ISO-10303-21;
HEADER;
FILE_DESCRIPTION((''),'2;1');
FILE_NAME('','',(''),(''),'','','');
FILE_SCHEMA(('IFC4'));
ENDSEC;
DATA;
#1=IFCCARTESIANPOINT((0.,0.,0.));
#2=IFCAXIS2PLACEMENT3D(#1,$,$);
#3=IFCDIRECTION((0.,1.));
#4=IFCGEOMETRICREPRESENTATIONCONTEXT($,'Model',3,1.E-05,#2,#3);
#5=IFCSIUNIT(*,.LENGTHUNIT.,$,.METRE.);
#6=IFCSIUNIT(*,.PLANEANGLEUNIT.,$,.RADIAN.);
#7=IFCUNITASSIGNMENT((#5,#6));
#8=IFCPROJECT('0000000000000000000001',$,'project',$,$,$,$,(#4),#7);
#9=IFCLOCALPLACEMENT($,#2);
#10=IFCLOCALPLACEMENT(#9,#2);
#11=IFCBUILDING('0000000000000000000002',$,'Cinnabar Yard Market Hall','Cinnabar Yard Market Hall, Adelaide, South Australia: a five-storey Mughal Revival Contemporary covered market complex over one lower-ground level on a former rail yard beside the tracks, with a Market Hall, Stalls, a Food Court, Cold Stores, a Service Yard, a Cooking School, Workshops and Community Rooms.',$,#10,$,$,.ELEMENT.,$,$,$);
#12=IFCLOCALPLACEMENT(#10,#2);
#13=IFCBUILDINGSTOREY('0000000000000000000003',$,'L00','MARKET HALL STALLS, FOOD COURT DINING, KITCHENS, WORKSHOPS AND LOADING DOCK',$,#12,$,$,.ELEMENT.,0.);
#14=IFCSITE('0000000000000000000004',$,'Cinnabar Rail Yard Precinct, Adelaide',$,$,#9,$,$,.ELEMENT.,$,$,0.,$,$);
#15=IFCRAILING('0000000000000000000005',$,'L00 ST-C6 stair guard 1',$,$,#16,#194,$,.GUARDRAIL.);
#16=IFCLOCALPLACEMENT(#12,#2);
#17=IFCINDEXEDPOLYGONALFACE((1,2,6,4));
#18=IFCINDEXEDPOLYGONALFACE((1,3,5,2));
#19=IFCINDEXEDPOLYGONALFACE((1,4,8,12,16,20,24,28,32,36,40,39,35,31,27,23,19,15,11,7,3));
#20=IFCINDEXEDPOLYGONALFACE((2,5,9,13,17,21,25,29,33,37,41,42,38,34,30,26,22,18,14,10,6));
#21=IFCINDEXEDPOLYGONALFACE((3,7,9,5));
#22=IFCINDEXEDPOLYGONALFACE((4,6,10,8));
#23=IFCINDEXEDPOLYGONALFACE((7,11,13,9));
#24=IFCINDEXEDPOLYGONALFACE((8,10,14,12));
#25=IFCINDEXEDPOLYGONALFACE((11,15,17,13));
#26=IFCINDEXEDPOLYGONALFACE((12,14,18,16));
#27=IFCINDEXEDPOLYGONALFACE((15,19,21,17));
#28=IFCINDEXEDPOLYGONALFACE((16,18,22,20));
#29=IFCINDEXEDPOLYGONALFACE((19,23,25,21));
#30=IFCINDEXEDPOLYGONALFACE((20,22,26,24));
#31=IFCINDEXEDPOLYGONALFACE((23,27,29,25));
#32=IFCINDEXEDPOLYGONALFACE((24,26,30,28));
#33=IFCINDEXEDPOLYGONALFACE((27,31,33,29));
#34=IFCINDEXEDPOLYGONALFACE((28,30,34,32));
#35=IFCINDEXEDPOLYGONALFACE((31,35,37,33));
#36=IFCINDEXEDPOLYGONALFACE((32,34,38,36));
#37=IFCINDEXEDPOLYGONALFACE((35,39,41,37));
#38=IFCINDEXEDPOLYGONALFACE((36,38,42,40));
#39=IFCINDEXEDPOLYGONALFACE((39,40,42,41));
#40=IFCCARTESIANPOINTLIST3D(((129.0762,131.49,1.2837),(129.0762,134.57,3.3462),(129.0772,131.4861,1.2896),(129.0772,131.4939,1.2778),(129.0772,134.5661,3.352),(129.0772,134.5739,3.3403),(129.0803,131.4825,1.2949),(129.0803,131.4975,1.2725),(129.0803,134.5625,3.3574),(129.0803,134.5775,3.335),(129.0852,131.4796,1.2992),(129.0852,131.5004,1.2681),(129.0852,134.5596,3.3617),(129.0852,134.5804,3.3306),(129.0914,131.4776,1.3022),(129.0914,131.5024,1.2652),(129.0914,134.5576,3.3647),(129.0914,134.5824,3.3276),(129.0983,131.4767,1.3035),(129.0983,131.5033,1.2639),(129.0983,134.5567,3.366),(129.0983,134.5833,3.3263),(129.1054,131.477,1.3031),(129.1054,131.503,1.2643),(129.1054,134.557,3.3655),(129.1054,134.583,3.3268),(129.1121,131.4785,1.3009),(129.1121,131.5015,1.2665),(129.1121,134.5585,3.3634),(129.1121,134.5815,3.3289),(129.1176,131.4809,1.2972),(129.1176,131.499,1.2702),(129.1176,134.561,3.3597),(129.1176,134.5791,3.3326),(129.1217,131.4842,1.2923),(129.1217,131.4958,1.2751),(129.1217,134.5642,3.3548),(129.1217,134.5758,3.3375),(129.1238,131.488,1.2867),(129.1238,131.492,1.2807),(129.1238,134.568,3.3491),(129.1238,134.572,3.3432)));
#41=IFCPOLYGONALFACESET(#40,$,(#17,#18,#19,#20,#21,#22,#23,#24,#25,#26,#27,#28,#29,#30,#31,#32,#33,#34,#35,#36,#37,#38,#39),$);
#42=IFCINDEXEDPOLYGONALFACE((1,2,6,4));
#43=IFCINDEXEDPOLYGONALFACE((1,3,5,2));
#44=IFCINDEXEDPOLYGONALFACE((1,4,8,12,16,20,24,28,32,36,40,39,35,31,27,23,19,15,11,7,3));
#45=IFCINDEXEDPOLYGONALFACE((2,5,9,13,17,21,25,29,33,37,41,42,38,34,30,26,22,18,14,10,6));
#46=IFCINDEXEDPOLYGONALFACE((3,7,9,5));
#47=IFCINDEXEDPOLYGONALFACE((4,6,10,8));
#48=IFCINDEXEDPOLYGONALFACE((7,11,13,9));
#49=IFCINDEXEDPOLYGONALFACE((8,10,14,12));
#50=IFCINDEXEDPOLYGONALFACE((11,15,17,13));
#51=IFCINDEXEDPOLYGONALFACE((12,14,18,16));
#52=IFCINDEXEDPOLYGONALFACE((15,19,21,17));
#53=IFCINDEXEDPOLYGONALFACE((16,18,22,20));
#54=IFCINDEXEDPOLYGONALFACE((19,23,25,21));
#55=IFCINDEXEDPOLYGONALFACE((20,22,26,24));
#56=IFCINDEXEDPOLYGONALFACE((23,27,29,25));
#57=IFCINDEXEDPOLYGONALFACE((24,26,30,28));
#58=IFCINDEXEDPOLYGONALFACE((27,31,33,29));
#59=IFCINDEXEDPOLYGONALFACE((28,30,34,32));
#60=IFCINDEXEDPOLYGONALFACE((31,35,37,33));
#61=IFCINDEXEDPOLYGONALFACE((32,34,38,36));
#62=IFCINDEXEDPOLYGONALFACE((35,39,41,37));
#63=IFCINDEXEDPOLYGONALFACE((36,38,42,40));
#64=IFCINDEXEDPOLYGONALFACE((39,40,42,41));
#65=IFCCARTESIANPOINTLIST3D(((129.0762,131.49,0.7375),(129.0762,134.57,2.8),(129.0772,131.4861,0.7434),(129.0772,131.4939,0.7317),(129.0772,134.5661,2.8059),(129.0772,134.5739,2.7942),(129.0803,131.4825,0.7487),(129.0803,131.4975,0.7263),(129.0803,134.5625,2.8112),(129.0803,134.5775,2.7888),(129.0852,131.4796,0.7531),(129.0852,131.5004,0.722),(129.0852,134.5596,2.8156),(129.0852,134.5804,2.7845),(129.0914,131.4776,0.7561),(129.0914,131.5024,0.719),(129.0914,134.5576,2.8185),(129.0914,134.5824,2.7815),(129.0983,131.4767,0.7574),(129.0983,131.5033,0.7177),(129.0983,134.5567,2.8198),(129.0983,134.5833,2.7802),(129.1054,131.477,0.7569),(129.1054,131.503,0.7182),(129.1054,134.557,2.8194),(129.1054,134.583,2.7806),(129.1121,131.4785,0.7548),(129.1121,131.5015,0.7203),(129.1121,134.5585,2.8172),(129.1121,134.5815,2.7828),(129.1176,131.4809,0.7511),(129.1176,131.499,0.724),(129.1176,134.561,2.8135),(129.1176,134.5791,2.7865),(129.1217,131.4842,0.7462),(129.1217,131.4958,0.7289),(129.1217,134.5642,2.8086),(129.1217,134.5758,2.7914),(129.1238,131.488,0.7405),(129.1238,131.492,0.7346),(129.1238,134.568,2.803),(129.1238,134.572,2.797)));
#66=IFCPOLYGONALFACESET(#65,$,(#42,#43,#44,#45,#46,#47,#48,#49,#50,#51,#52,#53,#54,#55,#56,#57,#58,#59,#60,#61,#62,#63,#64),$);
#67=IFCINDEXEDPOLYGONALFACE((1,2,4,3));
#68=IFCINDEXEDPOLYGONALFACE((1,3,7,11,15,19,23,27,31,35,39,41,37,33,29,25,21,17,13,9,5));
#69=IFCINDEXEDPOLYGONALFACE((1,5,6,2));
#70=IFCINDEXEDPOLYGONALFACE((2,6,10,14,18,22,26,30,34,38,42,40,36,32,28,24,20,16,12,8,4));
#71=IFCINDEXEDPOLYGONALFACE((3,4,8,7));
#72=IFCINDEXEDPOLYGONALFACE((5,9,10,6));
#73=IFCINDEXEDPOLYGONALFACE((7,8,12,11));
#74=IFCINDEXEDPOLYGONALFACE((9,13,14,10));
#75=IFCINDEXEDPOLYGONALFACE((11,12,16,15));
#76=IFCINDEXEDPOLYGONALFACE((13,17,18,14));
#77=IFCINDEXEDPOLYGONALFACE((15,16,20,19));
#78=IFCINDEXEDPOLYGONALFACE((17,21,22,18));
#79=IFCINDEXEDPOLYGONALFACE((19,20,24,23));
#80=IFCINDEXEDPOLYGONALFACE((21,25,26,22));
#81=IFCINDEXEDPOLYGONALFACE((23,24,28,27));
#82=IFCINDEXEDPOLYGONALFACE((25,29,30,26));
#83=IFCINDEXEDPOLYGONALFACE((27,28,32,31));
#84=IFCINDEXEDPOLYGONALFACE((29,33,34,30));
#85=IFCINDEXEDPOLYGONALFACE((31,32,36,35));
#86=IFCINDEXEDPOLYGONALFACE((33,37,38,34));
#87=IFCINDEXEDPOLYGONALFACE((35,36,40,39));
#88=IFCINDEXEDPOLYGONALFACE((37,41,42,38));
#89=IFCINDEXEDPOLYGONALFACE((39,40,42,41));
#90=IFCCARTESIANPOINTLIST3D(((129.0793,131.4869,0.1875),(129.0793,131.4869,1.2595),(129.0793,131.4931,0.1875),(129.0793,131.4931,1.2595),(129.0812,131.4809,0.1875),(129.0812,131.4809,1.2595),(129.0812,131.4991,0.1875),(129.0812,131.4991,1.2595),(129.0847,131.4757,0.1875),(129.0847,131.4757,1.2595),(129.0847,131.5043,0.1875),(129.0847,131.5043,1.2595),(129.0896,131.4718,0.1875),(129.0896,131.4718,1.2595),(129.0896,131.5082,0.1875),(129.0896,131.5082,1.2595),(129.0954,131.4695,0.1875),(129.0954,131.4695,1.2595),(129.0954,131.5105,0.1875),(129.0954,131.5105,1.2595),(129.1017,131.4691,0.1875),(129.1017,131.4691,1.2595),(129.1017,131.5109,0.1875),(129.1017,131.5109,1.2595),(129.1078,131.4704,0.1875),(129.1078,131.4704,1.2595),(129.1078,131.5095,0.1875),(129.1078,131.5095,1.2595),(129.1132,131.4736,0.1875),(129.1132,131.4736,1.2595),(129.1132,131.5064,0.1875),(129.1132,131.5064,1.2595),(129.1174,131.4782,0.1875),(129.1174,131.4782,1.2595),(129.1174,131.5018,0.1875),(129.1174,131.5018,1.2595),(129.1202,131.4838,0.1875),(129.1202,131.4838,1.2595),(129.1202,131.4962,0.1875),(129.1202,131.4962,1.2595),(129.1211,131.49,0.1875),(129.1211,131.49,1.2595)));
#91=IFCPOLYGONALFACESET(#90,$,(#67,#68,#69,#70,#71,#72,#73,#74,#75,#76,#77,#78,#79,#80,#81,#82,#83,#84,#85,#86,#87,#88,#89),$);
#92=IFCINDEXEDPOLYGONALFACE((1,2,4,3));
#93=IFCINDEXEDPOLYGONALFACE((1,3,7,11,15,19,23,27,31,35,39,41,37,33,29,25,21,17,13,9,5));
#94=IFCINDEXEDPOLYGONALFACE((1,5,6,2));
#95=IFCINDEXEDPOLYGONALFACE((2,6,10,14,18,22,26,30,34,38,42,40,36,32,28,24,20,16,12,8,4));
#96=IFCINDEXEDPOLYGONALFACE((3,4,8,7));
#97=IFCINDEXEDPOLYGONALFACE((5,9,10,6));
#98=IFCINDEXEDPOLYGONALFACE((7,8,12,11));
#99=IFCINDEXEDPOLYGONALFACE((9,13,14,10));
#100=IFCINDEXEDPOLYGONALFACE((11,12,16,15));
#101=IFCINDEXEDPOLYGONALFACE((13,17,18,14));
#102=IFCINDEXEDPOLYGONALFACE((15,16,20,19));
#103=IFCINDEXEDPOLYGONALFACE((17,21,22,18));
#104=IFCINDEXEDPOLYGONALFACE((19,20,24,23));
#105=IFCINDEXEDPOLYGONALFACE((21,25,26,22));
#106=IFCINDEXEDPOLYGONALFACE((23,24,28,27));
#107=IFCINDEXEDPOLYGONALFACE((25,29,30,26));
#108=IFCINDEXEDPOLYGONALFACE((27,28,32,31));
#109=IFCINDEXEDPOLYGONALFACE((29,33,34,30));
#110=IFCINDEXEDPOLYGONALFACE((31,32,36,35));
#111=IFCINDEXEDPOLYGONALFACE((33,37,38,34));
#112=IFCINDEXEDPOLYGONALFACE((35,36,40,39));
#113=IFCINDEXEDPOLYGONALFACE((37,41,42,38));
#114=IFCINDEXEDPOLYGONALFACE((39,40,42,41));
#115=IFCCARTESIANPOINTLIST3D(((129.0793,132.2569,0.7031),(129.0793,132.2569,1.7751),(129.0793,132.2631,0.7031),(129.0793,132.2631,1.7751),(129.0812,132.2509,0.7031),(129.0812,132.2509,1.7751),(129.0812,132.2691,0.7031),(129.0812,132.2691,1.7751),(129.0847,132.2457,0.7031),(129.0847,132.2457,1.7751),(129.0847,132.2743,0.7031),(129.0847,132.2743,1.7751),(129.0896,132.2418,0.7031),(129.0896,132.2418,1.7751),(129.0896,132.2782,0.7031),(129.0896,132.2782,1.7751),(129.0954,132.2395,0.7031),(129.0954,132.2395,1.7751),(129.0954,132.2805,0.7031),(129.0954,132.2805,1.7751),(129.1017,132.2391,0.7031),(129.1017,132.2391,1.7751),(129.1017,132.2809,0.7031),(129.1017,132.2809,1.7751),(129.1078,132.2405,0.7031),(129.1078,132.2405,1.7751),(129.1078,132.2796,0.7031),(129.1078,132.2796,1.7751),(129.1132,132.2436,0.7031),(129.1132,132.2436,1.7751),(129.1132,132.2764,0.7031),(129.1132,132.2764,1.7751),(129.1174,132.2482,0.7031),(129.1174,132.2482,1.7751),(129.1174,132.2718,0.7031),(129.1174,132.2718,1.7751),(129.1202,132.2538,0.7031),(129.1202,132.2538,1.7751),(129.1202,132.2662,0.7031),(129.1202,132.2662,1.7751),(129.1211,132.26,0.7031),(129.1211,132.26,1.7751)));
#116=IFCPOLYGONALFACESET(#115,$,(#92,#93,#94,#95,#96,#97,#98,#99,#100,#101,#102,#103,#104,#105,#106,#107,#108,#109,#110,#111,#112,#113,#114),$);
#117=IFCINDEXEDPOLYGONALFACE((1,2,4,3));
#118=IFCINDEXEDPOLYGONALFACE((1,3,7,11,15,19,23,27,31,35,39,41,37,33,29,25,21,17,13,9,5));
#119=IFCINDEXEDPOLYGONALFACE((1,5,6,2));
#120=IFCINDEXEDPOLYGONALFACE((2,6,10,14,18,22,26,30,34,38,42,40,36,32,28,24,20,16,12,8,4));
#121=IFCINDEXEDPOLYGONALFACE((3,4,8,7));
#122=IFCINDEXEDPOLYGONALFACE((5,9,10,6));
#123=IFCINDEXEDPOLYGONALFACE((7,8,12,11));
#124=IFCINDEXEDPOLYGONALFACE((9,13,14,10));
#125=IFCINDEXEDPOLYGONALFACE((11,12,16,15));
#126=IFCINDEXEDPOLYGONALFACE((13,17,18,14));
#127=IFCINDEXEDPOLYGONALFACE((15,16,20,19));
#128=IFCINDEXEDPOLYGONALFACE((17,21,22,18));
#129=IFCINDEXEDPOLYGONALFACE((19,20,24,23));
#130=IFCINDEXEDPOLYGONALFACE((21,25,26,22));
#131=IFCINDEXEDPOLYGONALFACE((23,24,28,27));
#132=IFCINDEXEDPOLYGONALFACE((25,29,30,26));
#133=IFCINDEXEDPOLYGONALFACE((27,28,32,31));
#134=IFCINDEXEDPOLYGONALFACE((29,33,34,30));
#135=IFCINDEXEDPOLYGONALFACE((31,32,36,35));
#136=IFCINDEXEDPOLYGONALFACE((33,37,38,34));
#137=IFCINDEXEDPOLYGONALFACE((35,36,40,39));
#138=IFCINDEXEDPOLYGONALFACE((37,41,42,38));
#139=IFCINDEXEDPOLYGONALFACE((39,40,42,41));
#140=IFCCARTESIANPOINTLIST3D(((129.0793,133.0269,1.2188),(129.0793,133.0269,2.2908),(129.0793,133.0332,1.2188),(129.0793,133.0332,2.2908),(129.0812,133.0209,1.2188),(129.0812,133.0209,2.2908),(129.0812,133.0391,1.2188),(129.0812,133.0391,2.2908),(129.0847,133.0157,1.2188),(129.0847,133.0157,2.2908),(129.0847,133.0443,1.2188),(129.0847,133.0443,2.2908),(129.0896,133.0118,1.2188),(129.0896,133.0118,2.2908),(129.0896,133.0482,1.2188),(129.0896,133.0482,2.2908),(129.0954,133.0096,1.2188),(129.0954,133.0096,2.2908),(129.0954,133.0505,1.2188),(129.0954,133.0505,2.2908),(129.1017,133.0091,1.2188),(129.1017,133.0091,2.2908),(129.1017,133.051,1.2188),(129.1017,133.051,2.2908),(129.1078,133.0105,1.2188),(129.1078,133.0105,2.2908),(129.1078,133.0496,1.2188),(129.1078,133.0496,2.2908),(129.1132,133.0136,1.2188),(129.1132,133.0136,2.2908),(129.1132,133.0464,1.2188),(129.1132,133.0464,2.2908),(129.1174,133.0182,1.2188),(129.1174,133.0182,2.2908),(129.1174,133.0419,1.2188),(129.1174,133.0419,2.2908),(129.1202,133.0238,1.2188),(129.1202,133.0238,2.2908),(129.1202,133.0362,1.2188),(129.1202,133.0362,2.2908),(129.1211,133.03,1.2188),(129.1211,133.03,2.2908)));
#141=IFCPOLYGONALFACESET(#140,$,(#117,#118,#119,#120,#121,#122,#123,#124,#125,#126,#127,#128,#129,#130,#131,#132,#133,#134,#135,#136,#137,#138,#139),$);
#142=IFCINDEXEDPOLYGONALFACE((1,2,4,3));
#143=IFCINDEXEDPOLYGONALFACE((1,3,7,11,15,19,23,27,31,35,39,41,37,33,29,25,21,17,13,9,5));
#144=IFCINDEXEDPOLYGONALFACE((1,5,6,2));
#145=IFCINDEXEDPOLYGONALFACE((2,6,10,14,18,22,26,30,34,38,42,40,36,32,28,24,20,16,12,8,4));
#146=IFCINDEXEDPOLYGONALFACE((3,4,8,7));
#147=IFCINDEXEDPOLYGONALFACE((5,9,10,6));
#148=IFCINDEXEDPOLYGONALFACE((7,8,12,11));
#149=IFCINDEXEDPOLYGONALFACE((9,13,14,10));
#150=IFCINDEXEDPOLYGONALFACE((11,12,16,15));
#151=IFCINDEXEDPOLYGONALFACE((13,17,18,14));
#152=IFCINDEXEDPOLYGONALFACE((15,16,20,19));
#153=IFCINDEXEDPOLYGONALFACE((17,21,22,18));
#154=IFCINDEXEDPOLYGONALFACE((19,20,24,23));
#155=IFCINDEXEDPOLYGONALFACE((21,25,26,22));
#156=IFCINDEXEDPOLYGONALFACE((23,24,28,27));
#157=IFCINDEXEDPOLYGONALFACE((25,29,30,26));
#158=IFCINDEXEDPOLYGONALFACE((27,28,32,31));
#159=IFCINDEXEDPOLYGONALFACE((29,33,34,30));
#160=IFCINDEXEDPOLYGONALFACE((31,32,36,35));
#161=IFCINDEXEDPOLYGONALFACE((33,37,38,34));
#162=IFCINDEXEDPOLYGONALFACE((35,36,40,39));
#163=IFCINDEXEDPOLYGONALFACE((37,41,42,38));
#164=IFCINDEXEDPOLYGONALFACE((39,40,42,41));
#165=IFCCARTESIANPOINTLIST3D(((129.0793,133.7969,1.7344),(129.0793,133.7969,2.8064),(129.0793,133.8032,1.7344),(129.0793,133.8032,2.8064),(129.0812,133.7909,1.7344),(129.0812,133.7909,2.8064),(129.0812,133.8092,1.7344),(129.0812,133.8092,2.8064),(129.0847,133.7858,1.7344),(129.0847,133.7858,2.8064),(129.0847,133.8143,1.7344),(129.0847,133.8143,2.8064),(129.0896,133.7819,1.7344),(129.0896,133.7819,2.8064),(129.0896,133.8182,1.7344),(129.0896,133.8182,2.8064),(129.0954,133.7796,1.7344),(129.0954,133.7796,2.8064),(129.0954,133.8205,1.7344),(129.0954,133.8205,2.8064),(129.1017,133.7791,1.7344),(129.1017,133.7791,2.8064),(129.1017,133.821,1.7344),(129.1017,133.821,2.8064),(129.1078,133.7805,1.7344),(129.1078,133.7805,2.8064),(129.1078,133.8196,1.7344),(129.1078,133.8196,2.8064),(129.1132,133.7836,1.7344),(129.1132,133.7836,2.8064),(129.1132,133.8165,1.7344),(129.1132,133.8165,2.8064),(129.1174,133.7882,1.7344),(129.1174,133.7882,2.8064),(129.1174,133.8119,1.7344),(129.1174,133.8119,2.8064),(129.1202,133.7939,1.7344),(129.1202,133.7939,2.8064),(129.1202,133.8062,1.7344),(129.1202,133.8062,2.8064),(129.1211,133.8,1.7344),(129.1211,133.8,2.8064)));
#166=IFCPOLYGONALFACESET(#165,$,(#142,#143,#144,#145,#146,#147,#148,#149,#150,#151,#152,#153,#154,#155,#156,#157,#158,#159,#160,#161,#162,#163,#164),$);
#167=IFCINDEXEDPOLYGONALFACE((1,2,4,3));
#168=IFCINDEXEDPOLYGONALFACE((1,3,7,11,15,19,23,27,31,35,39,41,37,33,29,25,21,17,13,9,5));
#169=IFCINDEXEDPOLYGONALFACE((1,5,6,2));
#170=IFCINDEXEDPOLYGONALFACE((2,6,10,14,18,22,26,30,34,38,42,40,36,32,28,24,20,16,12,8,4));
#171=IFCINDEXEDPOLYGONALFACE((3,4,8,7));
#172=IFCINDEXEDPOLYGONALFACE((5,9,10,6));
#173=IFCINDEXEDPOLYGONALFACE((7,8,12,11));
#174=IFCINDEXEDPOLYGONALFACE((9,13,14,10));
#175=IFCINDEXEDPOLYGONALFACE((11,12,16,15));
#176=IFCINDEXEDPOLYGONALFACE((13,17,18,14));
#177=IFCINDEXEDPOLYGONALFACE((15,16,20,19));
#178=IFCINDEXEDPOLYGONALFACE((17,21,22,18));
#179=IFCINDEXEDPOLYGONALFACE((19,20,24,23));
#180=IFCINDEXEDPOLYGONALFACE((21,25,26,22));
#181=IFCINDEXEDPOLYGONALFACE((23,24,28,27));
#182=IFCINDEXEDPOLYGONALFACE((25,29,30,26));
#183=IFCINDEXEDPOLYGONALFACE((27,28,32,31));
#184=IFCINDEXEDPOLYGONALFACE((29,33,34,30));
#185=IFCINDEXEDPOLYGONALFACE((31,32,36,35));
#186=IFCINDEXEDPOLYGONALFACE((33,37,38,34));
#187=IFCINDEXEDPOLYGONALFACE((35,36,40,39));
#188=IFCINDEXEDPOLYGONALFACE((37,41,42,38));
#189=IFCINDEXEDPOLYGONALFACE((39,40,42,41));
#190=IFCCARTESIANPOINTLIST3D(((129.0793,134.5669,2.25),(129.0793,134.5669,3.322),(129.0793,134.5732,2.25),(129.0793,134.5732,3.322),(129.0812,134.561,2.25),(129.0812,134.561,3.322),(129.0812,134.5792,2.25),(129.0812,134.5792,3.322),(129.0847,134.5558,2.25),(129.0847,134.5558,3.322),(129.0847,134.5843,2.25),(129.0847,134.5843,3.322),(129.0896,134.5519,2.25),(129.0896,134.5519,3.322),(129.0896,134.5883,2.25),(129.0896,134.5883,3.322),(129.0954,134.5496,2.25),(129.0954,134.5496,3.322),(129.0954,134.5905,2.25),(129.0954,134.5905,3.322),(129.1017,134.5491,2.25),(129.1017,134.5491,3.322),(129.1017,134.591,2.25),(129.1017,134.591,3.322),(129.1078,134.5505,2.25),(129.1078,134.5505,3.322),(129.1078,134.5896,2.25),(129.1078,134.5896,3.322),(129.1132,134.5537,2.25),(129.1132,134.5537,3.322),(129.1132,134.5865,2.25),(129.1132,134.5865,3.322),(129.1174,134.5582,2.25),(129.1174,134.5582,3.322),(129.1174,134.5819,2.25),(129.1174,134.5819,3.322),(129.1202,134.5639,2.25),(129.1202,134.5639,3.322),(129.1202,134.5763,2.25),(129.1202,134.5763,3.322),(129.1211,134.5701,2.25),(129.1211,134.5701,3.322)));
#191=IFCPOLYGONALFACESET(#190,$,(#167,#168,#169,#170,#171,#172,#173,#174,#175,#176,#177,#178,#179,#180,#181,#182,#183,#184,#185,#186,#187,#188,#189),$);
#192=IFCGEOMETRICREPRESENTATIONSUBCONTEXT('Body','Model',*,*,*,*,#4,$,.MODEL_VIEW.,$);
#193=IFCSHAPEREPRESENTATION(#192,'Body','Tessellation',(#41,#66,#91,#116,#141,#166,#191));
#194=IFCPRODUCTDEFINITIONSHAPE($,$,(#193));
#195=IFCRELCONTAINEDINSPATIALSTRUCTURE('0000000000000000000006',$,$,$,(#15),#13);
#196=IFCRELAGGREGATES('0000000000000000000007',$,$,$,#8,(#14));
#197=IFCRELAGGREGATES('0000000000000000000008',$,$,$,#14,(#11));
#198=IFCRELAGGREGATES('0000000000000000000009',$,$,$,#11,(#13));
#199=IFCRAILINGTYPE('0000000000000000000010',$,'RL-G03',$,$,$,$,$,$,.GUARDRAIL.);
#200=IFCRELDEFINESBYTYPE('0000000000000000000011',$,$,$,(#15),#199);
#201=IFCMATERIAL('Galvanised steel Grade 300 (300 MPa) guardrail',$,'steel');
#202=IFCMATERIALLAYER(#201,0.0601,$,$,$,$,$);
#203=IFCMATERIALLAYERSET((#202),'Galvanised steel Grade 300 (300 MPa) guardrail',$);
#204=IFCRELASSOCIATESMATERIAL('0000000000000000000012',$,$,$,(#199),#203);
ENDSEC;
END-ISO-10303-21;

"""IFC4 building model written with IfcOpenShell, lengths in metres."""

from ifc_helpers import new_model, si_unit, direction, frame, origin, origin_2d_with_axis, place, context, subcontext, project, spatial, circle, extrude, material, layer, layer_set, type_object, element, save


model = new_model("IFC4")

# Units and contexts
model_context = context("Model", 3, precision=1e-05, world=origin(), true_north=direction((0.0, 1.0)))
body_context = subcontext(model_context, "Body", "Model", "MODEL_VIEW")
ifc_project = project(units=[si_unit("LENGTHUNIT", "METRE"), si_unit("PLANEANGLEUNIT", "RADIAN")], contexts=[model_context])

# Site, building, storey
site_placement = place(None, origin())
site = spatial("IfcSite", under=ifc_project, at=site_placement, Name="Cinnabar Rail Yard Precinct, Adelaide", CompositionType="ELEMENT", RefElevation=0.0)
building_placement = place(site_placement, origin())
building = spatial("IfcBuilding", under=site, at=building_placement, Name="Cinnabar Yard Market Hall", Description="Cinnabar Yard Market Hall, Adelaide, South Australia: a five-storey Mughal Revival Contemporary covered market complex over one lower-ground level on a former rail yard beside the tracks, with a Market Hall, Stalls, a Food Court, Cold Stores, a Service Yard, a Cooking School, Workshops and Community Rooms.", CompositionType="ELEMENT")
storey_placement = place(building_placement, origin())
storey = spatial("IfcBuildingStorey", under=building, at=storey_placement, Name="L00", Description="MARKET HALL STALLS, FOOD COURT DINING, KITCHENS, WORKSHOPS AND LOADING DOCK", CompositionType="ELEMENT", Elevation=0.0)

# Railing
ifc_material_1 = material(Name="Galvanised steel Grade 300 (300 MPa) guardrail", Category="steel")
ifc_layer_1 = layer(ifc_material_1, 0.0601)
ifc_layer_set_1 = layer_set([ifc_layer_1], Name="Galvanised steel Grade 300 (300 MPa) guardrail")
railing_type_1 = type_object("IfcRailingType", Name="RL-G03", PredefinedType="GUARDRAIL", material=ifc_layer_set_1)
railing_1_placement = place(storey_placement, frame((129.1001, 131.49, 0.1875)))
element("IfcRailing", 1, at=railing_1_placement, inside=storey, type_object=railing_type_1, Name="L00 ST-C6 stair guard 1", PredefinedType="GUARDRAIL", context=body_context, shape_type="SweptSolid", body=[
    extrude(circle(Radius=0.0239, at=origin_2d_with_axis()), frame((0.0, 0.0, 1.0962), z_axis=(0.0, 0.830914, 0.556401), x_axis=(-1.0, 0.0, 0.0)), (0.0, 0.0, 1.0), 3.7068),
    extrude(circle(Radius=0.0239, at=origin_2d_with_axis()), frame((0.0, 0.0, 0.55), z_axis=(0.0, 0.830914, 0.556401), x_axis=(-1.0, 0.0, 0.0)), (0.0, 0.0, 1.0), 3.7068),
    extrude(circle(Radius=0.021, at=origin_2d_with_axis()), origin(), (0.0, 0.0, 1.0), 1.072),
    extrude(circle(Radius=0.021, at=origin_2d_with_axis()), frame((0.0, 0.77, 0.5156)), (0.0, 0.0, 1.0), 1.072),
    extrude(circle(Radius=0.021, at=origin_2d_with_axis()), frame((0.0, 1.54, 1.0312)), (0.0, 0.0, 1.0), 1.072),
    extrude(circle(Radius=0.021, at=origin_2d_with_axis()), frame((0.0, 2.3101, 1.5469)), (0.0, 0.0, 1.0), 1.072),
    extrude(circle(Radius=0.021, at=origin_2d_with_axis()), frame((0.0, 3.0801, 2.0625)), (0.0, 0.0, 1.0), 1.072),
])

save(model, "model.ifc")
